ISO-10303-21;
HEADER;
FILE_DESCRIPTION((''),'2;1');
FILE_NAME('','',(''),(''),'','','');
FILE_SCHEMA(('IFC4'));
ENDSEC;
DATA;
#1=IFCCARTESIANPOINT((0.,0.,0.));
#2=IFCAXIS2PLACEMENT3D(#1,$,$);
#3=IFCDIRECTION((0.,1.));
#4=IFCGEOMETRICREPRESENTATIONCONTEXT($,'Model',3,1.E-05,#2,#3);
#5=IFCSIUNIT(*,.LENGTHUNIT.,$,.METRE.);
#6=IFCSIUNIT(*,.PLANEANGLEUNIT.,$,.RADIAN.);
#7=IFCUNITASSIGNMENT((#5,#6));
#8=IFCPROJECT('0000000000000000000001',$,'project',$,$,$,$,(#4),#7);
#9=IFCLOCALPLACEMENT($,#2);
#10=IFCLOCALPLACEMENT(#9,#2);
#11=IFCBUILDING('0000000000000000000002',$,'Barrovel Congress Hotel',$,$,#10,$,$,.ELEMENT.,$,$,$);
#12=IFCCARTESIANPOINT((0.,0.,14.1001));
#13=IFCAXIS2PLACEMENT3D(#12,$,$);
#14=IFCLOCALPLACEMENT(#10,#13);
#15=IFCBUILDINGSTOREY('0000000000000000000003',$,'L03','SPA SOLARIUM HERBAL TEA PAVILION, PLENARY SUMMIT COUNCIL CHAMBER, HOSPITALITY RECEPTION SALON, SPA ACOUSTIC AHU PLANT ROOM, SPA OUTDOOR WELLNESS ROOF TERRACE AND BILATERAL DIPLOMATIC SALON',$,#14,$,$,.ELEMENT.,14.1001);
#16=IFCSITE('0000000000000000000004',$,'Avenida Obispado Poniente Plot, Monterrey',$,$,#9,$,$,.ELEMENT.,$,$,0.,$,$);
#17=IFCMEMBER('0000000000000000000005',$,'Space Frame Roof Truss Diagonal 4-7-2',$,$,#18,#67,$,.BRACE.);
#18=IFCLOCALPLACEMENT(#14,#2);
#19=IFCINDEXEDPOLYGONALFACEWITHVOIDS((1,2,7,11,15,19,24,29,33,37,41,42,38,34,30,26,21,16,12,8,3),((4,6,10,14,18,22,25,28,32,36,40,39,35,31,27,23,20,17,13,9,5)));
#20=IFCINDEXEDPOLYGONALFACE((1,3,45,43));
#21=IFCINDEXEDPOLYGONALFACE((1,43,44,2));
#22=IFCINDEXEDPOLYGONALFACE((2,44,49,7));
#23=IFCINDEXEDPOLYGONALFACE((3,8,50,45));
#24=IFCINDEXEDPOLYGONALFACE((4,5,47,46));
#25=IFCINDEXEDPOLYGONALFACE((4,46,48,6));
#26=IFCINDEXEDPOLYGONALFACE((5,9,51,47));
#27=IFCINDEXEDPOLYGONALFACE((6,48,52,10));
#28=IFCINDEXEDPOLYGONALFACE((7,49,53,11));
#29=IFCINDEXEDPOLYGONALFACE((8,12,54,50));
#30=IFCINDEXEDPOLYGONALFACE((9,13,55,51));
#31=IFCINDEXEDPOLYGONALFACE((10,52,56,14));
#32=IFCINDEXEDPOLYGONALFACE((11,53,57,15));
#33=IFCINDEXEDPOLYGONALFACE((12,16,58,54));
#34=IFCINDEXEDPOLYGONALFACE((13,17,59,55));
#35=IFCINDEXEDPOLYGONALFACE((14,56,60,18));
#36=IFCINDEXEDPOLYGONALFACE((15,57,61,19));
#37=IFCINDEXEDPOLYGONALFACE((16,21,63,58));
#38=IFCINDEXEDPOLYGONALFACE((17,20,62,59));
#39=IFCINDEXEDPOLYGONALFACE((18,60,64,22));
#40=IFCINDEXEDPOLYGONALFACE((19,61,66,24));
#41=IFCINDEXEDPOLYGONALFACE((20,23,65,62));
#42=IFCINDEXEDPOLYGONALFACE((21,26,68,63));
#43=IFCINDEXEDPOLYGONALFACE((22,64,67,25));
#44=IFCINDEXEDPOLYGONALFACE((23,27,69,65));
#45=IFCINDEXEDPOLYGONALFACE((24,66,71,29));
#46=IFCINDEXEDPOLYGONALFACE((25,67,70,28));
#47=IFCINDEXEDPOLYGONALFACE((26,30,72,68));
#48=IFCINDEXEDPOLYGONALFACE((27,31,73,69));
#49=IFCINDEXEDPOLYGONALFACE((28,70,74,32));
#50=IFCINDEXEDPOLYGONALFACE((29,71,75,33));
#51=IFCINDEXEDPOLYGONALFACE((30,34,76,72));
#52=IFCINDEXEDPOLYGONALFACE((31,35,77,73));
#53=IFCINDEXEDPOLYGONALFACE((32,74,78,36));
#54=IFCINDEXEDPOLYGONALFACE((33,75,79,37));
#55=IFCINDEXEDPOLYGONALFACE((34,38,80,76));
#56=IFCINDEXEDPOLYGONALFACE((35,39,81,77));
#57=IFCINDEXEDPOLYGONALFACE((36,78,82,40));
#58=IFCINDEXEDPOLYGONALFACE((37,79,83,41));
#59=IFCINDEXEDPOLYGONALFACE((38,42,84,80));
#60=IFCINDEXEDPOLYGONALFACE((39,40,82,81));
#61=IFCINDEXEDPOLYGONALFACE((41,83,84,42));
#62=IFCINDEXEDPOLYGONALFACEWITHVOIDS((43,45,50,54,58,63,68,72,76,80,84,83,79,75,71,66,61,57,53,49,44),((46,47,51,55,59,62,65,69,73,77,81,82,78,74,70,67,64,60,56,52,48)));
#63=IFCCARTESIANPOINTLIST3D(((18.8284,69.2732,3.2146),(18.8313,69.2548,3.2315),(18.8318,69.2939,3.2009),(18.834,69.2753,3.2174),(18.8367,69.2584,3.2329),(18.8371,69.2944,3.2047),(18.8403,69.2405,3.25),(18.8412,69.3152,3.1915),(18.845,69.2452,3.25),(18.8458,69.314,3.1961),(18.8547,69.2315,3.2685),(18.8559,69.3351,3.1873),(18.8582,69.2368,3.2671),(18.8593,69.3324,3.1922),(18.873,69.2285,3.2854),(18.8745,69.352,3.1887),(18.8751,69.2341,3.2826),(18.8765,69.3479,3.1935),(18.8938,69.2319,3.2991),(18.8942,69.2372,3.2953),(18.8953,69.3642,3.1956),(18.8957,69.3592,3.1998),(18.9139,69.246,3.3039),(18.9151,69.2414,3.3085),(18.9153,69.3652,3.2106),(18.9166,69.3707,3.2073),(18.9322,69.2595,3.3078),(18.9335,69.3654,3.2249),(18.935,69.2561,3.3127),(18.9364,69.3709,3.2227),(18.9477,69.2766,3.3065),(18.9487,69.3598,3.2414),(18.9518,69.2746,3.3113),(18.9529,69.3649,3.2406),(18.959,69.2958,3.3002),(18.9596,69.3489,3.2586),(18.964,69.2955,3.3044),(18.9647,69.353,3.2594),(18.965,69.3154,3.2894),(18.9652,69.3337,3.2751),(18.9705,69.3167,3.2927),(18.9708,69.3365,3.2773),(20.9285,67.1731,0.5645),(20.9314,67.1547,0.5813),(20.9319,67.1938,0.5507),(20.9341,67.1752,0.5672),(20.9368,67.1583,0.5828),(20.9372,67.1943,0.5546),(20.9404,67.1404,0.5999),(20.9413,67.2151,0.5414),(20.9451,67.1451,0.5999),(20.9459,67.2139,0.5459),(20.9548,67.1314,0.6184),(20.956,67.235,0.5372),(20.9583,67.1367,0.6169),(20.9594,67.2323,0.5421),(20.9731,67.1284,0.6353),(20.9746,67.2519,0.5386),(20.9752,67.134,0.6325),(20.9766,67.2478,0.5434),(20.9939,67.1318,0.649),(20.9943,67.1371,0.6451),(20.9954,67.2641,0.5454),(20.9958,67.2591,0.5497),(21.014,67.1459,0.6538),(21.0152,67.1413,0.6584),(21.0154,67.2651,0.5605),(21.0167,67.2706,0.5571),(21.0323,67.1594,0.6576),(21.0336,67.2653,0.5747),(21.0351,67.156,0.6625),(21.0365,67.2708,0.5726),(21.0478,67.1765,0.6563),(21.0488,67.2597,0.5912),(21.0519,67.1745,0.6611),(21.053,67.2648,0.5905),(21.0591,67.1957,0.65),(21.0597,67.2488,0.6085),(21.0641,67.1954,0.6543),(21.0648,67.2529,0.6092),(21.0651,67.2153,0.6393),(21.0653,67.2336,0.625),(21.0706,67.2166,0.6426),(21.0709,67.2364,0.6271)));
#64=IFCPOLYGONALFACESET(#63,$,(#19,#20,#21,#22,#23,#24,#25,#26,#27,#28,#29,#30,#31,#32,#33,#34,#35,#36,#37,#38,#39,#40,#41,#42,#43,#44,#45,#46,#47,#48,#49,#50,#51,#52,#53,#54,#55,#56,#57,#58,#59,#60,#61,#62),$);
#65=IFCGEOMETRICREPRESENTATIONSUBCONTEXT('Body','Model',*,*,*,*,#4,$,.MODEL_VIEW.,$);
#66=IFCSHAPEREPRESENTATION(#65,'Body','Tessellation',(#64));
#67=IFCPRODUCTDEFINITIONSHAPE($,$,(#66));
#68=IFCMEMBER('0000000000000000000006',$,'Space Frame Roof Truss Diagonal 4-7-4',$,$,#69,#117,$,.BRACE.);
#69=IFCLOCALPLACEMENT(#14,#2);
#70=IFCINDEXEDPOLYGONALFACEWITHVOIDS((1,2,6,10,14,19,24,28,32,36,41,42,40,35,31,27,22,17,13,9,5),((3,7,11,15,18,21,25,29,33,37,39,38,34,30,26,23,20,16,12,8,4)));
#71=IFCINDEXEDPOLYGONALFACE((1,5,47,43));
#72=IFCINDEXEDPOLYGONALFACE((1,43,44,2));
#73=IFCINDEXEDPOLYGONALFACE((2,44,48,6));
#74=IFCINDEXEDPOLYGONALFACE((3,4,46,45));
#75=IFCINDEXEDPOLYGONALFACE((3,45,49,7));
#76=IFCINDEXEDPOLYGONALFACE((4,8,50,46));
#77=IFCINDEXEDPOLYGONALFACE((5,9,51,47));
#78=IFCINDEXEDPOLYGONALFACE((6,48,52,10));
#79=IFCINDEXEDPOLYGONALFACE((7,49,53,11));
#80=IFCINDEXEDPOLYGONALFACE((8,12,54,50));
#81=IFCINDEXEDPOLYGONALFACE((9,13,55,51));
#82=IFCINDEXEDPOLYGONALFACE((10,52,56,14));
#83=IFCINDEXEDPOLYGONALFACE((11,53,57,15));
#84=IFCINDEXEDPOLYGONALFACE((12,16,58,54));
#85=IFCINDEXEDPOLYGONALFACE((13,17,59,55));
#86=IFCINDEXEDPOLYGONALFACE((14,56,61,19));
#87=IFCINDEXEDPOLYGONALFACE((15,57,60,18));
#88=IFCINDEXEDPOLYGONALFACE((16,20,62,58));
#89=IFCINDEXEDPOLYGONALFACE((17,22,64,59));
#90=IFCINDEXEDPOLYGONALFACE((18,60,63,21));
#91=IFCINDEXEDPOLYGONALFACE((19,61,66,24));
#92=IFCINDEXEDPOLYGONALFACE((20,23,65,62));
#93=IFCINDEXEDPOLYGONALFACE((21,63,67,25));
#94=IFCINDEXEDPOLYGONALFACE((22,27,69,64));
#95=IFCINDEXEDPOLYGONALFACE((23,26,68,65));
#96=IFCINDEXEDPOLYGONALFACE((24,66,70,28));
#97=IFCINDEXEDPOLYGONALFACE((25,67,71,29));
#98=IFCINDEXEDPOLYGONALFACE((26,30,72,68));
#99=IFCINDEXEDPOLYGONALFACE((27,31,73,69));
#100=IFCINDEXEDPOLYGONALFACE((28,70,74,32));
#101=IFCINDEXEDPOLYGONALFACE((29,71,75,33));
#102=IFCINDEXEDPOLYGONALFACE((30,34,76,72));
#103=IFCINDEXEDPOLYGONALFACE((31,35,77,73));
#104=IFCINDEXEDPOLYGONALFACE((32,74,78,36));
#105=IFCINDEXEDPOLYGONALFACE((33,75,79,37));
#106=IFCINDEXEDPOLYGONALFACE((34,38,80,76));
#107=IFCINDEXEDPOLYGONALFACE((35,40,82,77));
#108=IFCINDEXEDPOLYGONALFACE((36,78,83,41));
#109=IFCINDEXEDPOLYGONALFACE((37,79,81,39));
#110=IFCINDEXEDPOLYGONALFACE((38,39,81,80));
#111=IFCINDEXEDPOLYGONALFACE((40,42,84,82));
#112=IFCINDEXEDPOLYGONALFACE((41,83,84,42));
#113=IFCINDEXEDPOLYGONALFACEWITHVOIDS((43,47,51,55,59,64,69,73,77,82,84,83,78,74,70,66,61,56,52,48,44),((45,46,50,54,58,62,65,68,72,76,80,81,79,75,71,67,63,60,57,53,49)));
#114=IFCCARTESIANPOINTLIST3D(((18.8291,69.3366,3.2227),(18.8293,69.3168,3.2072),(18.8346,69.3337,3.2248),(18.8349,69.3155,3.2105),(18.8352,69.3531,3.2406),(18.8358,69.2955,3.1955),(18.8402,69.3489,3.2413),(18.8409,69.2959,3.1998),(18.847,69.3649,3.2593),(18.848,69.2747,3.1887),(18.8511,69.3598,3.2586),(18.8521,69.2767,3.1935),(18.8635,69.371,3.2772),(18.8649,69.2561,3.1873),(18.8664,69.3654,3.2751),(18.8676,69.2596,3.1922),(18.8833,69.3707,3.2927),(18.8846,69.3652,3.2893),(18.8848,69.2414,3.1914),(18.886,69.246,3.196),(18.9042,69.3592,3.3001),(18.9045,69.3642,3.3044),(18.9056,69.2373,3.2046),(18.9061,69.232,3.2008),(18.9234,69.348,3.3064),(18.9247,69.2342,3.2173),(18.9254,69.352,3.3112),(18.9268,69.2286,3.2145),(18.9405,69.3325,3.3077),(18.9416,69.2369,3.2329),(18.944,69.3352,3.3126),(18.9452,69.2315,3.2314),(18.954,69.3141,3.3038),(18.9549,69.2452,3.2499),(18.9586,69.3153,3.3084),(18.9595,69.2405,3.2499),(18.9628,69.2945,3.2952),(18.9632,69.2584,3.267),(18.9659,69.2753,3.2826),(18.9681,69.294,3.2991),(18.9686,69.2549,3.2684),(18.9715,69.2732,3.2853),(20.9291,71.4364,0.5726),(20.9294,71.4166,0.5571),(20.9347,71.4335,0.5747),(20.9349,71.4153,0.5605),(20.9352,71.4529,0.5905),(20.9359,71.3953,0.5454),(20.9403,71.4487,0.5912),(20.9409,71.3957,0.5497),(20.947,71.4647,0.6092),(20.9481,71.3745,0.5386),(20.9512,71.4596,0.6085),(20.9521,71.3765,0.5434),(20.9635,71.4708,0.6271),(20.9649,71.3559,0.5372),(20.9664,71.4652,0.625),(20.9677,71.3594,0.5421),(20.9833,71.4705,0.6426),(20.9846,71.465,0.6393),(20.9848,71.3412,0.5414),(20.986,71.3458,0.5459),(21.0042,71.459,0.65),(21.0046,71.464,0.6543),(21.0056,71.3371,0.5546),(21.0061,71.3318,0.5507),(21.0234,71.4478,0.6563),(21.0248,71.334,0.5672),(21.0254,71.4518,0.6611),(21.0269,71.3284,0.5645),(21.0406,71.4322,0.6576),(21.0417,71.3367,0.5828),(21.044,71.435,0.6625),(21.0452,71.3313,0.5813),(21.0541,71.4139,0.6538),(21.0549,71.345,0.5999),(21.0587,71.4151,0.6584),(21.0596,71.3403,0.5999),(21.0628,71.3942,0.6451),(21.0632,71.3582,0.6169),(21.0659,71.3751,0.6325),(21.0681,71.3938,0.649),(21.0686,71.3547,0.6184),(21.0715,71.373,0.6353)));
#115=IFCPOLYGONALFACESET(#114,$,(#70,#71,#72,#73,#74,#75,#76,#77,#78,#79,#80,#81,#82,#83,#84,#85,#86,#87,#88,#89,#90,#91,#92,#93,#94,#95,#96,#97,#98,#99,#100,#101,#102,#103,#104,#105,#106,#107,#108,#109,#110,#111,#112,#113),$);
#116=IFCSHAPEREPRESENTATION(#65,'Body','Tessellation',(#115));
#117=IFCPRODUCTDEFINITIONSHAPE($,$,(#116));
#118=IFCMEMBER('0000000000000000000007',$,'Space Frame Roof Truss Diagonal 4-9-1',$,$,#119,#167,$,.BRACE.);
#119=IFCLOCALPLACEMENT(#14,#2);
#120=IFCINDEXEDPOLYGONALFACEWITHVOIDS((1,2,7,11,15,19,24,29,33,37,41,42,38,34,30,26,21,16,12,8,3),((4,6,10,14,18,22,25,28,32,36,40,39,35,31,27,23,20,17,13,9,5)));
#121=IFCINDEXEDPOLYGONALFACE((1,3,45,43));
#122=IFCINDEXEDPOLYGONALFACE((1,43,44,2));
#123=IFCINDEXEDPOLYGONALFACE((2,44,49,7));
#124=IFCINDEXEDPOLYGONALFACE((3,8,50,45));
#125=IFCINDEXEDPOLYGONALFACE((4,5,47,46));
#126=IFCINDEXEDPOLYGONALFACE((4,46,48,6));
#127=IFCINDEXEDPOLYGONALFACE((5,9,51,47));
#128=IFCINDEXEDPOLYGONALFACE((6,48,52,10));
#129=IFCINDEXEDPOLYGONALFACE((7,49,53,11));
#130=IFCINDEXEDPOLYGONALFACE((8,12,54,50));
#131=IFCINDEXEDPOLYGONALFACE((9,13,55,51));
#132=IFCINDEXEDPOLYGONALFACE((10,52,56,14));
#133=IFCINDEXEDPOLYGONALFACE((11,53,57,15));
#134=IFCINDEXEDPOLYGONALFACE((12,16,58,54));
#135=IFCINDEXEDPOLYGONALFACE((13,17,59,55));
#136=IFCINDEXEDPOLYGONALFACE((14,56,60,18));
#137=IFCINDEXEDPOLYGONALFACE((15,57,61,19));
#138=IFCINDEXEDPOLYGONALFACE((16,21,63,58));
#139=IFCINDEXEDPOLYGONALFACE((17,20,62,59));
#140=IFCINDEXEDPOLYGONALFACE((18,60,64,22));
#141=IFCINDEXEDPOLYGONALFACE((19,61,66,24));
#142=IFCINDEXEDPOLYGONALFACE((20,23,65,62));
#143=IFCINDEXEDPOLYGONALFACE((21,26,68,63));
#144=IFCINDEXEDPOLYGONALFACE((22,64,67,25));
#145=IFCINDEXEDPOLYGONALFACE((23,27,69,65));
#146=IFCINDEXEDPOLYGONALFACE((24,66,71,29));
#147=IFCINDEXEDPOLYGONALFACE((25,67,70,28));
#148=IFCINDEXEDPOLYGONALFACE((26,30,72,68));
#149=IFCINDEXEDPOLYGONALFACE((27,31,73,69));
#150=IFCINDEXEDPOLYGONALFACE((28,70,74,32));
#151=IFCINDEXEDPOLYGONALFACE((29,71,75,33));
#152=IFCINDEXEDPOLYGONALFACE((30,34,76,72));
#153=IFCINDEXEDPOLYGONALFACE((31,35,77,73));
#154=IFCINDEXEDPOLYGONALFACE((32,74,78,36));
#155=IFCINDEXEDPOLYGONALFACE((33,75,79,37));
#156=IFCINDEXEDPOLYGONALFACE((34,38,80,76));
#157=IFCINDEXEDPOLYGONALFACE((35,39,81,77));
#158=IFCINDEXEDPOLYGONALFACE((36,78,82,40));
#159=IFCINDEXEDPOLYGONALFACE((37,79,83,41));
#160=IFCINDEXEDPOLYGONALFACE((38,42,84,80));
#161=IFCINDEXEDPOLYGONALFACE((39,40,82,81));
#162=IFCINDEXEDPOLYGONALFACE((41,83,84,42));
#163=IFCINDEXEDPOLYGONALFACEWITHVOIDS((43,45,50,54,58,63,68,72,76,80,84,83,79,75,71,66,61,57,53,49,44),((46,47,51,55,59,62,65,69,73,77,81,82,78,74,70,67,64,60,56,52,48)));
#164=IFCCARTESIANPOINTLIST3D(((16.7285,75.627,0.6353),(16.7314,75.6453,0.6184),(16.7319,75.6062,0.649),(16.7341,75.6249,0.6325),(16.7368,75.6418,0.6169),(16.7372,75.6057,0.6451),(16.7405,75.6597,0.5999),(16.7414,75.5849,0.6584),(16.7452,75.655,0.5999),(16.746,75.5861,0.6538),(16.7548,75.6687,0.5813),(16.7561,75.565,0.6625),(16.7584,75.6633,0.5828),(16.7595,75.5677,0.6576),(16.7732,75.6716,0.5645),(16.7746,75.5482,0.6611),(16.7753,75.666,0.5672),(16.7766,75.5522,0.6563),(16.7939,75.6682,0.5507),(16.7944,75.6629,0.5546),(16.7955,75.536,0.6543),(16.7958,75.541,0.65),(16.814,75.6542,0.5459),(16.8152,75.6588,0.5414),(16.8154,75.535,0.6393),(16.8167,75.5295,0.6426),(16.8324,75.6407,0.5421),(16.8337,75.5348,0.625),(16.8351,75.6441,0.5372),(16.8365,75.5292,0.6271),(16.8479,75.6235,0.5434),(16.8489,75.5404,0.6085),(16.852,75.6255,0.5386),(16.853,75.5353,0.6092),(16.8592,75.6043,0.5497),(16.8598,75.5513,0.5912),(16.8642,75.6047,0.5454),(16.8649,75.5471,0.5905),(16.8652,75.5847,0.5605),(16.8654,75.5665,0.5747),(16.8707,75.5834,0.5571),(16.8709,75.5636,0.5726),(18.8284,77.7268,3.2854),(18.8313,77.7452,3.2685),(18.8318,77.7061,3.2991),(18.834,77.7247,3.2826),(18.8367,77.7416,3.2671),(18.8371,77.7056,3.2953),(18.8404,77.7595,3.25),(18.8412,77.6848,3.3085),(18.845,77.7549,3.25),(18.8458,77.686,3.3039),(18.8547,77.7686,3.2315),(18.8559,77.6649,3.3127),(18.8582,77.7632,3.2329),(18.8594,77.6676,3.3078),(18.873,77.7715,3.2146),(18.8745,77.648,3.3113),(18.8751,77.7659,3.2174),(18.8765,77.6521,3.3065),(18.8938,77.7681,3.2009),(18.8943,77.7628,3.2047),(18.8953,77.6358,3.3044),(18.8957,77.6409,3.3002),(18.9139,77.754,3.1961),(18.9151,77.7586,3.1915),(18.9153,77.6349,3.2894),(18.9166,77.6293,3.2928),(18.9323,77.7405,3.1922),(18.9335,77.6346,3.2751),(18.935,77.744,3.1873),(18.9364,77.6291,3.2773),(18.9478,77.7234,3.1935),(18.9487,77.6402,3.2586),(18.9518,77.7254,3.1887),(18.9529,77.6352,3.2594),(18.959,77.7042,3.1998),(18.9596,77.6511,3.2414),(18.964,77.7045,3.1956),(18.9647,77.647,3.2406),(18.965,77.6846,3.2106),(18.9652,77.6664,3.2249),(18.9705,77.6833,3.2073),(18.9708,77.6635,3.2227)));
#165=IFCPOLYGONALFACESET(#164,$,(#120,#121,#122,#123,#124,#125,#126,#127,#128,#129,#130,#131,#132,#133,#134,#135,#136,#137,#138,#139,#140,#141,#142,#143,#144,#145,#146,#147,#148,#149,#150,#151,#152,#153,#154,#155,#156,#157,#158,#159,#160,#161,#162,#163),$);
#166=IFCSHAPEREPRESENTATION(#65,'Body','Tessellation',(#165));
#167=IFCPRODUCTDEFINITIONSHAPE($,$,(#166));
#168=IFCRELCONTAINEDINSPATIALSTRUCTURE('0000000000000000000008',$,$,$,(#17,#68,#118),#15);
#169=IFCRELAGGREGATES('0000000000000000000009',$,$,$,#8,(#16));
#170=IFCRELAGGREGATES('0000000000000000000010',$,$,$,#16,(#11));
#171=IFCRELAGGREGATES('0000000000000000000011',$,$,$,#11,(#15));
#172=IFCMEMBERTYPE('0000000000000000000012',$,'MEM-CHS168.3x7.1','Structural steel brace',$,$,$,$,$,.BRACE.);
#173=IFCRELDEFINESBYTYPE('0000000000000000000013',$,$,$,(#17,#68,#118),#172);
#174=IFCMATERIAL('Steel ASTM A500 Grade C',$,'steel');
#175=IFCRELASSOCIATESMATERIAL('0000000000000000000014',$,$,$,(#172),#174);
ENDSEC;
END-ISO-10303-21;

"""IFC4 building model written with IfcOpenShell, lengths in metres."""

from ifc_helpers import new_model, si_unit, direction, frame, origin, origin_2d, place, context, subcontext, project, spatial, hollow_circle, extrude, material, material_profile, profile_set, type_object, element, save


model = new_model("IFC4")

# Units and contexts
model_context = context("Model", 3, precision=1e-05, world=origin(), true_north=direction((0.0, 1.0)))
body_context = subcontext(model_context, "Body", "Model", "MODEL_VIEW")
ifc_project = project(units=[si_unit("LENGTHUNIT", "METRE"), si_unit("PLANEANGLEUNIT", "RADIAN")], contexts=[model_context])

# Site, building, storey
site_placement = place(None, origin())
site = spatial("IfcSite", under=ifc_project, at=site_placement, Name="Avenida Obispado Poniente Plot, Monterrey", CompositionType="ELEMENT", RefElevation=0.0)
building_placement = place(site_placement, origin())
building = spatial("IfcBuilding", under=site, at=building_placement, Name="Barrovel Congress Hotel", CompositionType="ELEMENT")
storey_placement = place(building_placement, frame((0.0, 0.0, 14.1001)))
storey = spatial("IfcBuildingStorey", under=building, at=storey_placement, Name="L03", Description="SPA SOLARIUM HERBAL TEA PAVILION, PLENARY SUMMIT COUNCIL CHAMBER, HOSPITALITY RECEPTION SALON, SPA ACOUSTIC AHU PLANT ROOM, SPA OUTDOOR WELLNESS ROOF TERRACE AND BILATERAL DIPLOMATIC SALON", CompositionType="ELEMENT", Elevation=14.1001)

# Members
ifc_material_1 = material(Name="Steel ASTM A500 Grade C", Category="steel")
ifc_material_profile_1 = material_profile(ifc_material_1, hollow_circle(Radius=0.0842, WallThickness=0.0066, at=origin_2d()), Name="CHS168.3x7.1")
ifc_profile_set_1 = profile_set([ifc_material_profile_1], Name="Steel ASTM A500 Grade C")
member_type_1 = type_object("IfcMemberType", Name="MEM-CHS168.3x7.1", Description="Structural steel brace", PredefinedType="BRACE", material=ifc_profile_set_1)
member_1_placement = place(storey_placement, frame((21.0, 67.2, 0.5999), z_axis=(-0.527601, 0.527601, 0.665788), x_axis=(-0.707107, -0.707107, 0.0)))
element("IfcMember", 1, at=member_1_placement, inside=storey, type_object=member_type_1, Name="Space Frame Roof Truss Diagonal 4-7-2", PredefinedType="BRACE", context=body_context, shape_type="SweptSolid", body=[
    extrude(hollow_circle(Radius=0.0842, WallThickness=0.0066, at=origin_2d()), origin(), (0.0, 0.0, 1.0), 3.9805),
])
for number, where, z_axis, x_axis, name in (
    (2, (21.0, 71.3999, 0.5999), (-0.527618, -0.527557, 0.66581), (0.707066, -0.707148, 0.0), "Space Frame Roof Truss Diagonal 4-7-4"),
    (3, (16.8, 75.6001, 0.5999), (0.527574, 0.527574, 0.665831), (-0.707107, 0.707107, 0.0), "Space Frame Roof Truss Diagonal 4-9-1"),
):
    element("IfcMember", number, at=place(storey_placement, frame(where, z_axis=z_axis, x_axis=x_axis)), inside=storey, type_object=member_type_1, Name=name, PredefinedType="BRACE", context=body_context, shape_type="SweptSolid", body=[
        extrude(hollow_circle(Radius=0.0842, WallThickness=0.0066, at=origin_2d()), origin(), (0.0, 0.0, 1.0), 3.9802),
    ])

save(model, "model.ifc")
